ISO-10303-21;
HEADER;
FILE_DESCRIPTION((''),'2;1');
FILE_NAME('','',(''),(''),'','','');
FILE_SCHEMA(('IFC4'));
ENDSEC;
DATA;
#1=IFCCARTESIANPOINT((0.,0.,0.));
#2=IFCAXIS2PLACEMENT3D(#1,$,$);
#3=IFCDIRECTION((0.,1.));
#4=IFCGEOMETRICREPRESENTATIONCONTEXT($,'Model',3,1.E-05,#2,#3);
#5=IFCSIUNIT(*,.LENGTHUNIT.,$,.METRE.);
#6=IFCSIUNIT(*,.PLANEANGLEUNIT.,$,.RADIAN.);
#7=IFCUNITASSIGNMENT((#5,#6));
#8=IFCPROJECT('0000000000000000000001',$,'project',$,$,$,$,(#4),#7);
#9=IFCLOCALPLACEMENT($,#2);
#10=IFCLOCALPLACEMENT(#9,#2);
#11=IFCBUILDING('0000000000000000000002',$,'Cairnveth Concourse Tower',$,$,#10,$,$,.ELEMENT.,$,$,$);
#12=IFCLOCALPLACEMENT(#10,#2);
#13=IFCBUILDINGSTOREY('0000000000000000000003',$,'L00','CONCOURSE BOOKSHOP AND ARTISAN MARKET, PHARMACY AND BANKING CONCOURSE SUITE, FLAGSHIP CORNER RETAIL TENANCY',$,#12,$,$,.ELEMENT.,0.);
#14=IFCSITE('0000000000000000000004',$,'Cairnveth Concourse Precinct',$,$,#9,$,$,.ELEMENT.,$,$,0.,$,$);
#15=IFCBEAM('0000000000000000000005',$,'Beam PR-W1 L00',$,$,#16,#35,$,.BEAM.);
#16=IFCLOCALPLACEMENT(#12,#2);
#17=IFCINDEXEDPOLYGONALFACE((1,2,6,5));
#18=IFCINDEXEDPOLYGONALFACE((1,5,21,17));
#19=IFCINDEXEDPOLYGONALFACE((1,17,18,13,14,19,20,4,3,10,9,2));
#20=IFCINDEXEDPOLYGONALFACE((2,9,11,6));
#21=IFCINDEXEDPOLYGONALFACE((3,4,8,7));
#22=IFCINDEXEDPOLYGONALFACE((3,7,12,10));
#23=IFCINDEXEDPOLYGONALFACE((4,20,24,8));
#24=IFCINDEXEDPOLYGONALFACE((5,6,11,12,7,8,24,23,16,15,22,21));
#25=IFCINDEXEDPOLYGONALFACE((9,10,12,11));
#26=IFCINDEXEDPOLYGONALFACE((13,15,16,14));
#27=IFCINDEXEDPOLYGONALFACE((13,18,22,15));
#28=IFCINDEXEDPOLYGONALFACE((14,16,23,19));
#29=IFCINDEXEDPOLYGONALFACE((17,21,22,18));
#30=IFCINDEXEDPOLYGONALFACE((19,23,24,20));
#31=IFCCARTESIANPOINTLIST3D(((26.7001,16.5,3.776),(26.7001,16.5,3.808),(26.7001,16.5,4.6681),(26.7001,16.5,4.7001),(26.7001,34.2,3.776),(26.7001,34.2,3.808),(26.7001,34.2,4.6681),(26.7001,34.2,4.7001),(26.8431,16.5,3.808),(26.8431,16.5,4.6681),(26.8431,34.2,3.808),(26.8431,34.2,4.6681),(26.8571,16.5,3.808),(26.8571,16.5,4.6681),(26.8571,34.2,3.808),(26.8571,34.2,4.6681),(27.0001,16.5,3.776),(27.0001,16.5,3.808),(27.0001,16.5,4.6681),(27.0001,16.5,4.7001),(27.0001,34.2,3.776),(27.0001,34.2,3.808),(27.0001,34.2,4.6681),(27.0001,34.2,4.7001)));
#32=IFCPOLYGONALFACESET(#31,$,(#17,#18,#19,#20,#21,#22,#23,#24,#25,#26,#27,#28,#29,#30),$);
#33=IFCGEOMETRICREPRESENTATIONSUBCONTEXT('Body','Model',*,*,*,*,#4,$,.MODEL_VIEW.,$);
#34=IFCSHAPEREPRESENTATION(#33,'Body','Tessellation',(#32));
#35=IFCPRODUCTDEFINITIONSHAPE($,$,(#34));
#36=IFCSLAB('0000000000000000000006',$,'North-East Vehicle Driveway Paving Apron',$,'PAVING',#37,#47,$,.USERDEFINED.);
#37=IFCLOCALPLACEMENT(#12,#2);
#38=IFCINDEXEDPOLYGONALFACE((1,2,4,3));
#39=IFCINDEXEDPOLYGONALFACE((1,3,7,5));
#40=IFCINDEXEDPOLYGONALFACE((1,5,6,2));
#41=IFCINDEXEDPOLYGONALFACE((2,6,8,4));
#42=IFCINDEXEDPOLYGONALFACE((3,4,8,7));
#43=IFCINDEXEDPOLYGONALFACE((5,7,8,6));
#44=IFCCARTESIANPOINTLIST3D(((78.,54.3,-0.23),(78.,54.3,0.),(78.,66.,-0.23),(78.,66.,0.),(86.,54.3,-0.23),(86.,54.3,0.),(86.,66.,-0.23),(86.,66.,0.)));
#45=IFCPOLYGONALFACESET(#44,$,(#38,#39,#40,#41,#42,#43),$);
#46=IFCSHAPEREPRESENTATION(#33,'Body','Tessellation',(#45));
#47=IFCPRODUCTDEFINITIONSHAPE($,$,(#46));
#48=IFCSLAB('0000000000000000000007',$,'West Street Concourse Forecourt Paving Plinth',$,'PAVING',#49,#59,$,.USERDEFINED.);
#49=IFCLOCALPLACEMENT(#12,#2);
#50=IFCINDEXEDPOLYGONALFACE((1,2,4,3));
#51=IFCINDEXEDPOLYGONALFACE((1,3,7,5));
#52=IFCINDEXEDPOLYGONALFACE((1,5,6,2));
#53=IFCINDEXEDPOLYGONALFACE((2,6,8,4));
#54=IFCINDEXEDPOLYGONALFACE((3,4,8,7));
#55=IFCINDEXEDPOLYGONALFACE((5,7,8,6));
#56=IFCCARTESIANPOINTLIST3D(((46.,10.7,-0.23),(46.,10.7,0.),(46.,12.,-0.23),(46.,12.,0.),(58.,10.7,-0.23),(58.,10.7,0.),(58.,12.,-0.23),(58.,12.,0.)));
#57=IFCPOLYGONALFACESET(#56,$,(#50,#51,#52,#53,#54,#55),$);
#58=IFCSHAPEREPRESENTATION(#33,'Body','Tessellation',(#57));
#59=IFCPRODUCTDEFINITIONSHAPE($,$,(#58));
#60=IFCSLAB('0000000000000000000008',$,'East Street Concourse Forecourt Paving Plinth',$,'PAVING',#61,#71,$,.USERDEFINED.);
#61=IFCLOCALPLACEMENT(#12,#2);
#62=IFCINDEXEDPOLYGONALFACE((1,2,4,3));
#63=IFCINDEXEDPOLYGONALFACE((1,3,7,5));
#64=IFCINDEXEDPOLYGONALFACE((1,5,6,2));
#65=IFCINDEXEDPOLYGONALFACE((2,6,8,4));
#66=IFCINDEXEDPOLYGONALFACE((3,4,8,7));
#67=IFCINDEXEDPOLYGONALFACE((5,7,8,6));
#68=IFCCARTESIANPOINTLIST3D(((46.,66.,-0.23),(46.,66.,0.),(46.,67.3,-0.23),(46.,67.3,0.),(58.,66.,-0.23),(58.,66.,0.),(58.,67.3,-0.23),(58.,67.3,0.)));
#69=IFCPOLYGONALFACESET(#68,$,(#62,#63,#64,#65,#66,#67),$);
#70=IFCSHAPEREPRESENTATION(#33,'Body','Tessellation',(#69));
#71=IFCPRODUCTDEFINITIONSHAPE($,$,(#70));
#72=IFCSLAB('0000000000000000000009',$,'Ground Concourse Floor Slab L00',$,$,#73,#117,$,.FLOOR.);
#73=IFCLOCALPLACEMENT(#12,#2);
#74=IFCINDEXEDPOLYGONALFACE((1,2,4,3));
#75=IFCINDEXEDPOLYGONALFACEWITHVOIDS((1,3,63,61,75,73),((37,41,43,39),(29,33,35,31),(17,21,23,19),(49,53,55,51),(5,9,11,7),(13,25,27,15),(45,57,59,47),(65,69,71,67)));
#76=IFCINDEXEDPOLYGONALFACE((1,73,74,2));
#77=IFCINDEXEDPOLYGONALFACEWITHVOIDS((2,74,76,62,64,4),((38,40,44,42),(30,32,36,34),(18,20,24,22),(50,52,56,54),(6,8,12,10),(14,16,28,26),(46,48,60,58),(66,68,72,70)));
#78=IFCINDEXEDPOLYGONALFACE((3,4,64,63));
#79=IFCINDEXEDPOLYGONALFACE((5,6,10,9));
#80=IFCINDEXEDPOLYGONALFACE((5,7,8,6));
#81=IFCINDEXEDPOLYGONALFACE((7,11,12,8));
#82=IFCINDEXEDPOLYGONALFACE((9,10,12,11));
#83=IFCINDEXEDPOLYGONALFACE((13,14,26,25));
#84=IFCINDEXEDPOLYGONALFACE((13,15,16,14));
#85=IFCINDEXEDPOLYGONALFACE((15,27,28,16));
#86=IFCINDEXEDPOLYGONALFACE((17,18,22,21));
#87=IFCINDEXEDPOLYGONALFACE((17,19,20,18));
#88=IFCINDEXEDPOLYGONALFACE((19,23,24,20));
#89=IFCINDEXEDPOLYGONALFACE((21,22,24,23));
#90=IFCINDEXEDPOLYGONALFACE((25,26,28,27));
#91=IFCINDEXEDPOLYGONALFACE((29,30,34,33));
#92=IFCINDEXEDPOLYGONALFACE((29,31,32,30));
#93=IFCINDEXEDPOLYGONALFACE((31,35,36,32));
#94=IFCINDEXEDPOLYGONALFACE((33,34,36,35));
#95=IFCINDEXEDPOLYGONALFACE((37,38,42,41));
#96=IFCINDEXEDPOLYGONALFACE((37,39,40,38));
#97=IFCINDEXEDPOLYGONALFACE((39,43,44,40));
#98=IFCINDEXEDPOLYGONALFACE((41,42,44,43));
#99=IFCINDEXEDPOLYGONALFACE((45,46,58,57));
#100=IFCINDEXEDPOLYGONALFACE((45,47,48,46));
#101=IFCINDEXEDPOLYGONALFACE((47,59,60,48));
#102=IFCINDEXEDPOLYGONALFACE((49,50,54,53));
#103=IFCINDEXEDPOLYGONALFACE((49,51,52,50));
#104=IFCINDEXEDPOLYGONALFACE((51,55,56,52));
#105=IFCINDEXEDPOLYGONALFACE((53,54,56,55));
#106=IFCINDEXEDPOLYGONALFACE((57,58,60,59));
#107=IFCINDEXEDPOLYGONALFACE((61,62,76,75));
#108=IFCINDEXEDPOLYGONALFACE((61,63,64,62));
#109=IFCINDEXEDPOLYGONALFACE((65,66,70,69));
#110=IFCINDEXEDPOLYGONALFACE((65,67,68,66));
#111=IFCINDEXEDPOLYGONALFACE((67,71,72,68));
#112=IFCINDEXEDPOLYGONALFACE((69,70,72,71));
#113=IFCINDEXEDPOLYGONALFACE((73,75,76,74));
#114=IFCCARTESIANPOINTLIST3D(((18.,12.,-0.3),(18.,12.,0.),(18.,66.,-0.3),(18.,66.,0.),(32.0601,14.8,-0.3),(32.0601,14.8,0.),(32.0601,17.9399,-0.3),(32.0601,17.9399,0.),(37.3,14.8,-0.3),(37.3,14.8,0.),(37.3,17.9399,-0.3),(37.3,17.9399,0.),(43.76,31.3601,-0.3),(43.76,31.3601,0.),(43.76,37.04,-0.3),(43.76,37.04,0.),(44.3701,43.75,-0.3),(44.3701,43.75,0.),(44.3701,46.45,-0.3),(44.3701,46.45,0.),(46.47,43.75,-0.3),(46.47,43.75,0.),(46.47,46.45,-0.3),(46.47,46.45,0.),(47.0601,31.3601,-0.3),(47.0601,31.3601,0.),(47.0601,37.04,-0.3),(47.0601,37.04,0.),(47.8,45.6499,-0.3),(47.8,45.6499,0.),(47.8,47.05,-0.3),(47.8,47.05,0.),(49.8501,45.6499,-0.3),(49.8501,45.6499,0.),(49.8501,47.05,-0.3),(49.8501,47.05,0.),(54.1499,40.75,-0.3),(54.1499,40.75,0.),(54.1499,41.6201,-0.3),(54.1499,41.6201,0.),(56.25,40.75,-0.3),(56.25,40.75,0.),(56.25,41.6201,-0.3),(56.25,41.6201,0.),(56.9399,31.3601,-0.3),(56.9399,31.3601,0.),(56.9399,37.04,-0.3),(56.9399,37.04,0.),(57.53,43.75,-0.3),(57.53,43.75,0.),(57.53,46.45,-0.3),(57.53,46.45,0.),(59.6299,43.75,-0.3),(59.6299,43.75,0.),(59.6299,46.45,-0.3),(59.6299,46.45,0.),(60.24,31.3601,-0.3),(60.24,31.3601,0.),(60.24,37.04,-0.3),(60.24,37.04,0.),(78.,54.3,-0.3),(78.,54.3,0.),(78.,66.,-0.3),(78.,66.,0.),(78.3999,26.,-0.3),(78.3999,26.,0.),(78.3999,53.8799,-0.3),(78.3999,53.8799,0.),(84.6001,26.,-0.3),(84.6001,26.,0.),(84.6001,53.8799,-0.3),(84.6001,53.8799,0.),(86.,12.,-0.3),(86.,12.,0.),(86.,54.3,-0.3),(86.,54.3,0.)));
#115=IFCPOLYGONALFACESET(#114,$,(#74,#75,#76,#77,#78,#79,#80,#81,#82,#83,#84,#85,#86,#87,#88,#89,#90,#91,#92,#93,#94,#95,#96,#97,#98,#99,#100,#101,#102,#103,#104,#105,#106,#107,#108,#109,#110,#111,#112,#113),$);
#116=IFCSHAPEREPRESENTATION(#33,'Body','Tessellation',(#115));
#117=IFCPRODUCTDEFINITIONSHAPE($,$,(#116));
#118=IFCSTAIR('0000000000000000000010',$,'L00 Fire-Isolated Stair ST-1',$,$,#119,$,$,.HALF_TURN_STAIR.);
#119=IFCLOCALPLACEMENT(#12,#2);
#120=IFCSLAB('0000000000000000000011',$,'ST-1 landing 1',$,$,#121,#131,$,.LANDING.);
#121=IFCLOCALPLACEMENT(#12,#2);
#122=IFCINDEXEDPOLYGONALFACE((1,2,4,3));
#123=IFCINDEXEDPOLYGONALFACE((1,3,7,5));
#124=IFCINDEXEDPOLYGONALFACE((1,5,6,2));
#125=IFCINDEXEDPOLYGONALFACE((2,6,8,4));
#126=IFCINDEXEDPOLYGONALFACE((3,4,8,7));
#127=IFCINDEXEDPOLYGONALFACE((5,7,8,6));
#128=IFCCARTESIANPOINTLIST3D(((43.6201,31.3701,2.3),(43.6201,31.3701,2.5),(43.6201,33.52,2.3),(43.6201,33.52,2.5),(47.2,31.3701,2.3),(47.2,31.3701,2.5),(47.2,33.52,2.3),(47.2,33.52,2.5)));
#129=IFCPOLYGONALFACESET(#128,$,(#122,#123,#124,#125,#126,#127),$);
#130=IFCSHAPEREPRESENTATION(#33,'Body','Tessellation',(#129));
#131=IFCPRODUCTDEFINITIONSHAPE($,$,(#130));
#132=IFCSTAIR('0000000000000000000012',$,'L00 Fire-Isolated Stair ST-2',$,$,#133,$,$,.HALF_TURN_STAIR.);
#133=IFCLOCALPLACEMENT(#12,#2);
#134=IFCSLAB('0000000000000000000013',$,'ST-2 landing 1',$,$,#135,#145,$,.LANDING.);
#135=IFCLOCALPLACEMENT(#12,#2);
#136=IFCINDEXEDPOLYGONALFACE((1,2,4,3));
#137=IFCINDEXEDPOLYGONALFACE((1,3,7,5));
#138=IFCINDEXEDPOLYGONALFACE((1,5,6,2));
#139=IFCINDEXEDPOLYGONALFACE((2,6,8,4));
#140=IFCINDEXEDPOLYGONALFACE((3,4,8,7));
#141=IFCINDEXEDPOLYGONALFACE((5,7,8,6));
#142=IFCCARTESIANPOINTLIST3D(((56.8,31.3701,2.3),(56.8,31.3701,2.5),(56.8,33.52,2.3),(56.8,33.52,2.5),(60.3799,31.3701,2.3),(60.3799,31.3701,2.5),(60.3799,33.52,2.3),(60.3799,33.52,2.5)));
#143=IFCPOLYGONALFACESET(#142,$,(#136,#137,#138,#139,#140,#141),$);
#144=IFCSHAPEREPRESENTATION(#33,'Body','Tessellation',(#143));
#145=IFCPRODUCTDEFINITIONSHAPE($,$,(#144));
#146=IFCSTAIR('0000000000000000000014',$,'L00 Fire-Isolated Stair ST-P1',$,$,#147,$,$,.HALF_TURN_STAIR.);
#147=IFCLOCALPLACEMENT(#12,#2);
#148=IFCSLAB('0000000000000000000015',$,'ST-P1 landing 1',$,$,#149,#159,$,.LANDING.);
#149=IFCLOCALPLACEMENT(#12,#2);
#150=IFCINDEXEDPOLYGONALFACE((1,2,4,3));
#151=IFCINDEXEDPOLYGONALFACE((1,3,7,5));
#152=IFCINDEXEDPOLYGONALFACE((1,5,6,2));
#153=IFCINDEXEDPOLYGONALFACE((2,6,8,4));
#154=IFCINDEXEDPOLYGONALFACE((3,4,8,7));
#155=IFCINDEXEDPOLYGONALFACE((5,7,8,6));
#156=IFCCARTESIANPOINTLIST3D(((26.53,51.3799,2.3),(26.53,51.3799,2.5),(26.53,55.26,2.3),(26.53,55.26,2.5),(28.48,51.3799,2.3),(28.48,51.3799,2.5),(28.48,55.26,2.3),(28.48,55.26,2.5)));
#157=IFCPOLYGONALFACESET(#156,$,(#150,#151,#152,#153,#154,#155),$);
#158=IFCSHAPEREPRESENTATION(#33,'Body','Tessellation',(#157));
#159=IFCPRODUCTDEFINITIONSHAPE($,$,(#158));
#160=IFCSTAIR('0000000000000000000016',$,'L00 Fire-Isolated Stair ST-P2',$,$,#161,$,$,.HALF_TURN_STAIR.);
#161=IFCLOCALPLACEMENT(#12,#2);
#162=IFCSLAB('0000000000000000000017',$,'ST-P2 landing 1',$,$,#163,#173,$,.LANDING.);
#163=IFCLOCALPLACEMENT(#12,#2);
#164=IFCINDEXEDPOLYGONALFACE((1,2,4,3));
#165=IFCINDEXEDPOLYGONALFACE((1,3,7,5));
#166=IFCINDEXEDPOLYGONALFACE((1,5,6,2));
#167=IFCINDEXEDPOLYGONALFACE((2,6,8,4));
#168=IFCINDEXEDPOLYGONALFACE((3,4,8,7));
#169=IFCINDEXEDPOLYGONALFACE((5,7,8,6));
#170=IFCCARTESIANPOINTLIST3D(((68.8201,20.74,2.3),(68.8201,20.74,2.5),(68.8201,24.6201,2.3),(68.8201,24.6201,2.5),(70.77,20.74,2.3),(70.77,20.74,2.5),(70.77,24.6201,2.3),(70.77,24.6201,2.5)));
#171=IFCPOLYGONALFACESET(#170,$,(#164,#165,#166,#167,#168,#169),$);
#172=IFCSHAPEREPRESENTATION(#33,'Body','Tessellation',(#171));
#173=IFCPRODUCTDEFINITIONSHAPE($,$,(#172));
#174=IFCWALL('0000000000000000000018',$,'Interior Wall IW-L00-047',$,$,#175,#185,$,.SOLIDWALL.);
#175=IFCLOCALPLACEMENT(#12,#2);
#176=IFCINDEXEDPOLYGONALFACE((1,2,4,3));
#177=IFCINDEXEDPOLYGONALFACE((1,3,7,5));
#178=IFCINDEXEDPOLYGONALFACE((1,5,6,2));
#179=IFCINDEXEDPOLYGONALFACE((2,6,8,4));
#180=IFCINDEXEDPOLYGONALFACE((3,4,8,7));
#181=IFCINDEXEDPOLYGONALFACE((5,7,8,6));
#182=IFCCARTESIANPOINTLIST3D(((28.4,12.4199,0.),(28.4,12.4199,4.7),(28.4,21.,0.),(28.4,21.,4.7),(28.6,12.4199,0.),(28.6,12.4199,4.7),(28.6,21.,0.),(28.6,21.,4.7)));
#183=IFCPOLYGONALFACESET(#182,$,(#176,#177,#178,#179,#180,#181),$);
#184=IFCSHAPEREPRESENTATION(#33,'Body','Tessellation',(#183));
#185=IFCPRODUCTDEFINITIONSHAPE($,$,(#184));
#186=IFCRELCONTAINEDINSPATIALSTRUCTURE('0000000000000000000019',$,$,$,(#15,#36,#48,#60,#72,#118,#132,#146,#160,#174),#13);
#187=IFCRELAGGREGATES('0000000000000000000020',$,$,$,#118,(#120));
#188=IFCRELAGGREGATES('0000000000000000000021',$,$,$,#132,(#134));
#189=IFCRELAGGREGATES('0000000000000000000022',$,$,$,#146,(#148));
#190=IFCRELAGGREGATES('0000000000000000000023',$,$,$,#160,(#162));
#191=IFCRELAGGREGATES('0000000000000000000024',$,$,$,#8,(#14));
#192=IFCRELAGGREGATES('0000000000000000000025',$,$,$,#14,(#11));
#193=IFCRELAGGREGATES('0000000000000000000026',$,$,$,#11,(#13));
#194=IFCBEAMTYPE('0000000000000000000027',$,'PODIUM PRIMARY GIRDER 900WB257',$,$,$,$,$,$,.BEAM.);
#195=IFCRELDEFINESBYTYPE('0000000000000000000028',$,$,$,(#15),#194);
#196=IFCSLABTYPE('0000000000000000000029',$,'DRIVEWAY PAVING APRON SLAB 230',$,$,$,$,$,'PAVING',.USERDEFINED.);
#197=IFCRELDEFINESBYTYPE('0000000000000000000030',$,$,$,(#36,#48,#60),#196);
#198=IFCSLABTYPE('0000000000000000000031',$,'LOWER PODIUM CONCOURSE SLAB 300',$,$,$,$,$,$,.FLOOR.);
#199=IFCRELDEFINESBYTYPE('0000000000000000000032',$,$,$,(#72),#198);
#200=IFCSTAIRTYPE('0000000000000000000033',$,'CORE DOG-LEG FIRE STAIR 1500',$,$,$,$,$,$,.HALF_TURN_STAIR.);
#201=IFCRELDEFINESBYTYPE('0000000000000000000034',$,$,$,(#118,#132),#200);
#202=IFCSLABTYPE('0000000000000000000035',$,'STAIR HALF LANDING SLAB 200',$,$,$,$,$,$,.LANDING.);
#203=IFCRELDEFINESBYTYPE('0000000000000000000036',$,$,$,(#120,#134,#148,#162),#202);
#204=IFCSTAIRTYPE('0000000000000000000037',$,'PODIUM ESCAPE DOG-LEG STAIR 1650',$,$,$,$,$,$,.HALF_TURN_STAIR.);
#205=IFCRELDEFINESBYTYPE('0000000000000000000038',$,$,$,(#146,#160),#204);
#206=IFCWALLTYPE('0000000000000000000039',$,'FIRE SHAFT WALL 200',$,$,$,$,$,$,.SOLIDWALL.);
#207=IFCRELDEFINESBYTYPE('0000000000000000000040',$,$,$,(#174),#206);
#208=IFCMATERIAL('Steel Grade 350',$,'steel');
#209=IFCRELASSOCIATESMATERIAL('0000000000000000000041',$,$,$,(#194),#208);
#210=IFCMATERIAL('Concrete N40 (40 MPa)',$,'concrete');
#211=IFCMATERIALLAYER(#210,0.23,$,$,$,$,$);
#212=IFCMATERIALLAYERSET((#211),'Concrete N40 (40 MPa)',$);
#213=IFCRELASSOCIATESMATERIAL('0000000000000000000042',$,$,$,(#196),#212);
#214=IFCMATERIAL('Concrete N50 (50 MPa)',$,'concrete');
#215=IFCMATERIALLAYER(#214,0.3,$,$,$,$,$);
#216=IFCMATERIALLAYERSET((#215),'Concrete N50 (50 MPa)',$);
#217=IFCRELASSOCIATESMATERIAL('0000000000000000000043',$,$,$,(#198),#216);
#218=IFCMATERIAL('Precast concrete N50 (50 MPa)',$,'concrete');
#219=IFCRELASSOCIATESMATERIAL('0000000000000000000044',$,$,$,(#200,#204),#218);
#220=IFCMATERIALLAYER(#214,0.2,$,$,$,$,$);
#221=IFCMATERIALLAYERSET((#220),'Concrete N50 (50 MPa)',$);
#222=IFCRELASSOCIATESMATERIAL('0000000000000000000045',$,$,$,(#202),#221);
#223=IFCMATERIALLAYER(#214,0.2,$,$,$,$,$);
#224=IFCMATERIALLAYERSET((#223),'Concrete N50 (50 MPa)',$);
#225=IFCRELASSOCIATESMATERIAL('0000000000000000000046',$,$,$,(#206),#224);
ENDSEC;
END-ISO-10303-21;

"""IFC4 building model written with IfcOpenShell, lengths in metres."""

from ifc_helpers import new_model, si_unit, direction, frame, frame_2d, origin, origin_2d, place, context, subcontext, project, spatial, polyline, rectangle, i_section, outline, extrude, material, layer, layer_set, material_profile, profile_set, type_object, element, aggregate, save


model = new_model("IFC4")

# Units and contexts
model_context = context("Model", 3, precision=1e-05, world=origin(), true_north=direction((0.0, 1.0)))
body_context = subcontext(model_context, "Body", "Model", "MODEL_VIEW")
ifc_project = project(units=[si_unit("LENGTHUNIT", "METRE"), si_unit("PLANEANGLEUNIT", "RADIAN")], contexts=[model_context])

# Site, building, storey
site_placement = place(None, origin())
site = spatial("IfcSite", under=ifc_project, at=site_placement, Name="Cairnveth Concourse Precinct", CompositionType="ELEMENT", RefElevation=0.0)
building_placement = place(site_placement, origin())
building = spatial("IfcBuilding", under=site, at=building_placement, Name="Cairnveth Concourse Tower", CompositionType="ELEMENT")
storey_placement = place(building_placement, origin())
storey = spatial("IfcBuildingStorey", under=building, at=storey_placement, Name="L00", Description="CONCOURSE BOOKSHOP AND ARTISAN MARKET, PHARMACY AND BANKING CONCOURSE SUITE, FLAGSHIP CORNER RETAIL TENANCY", CompositionType="ELEMENT", Elevation=0.0)

# Beam
ifc_material_1 = material(Name="Steel Grade 350", Category="steel")
ifc_material_profile_1 = material_profile(ifc_material_1, i_section(OverallWidth=0.3, OverallDepth=0.9241, WebThickness=0.0139, FlangeThickness=0.032, at=origin_2d()), Name="900WB257")
ifc_profile_set_1 = profile_set([ifc_material_profile_1], Name="Steel Grade 350")
beam_type_1 = type_object("IfcBeamType", Name="PODIUM PRIMARY GIRDER 900WB257", PredefinedType="BEAM", material=ifc_profile_set_1)
for number, where, z_axis, x_axis, name in (
    (1, (26.8501, 16.5, 4.238), (0.0, 1.0, 0.0), (-1.0, 0.0, 0.0), "Beam PR-W1 L00"),
):
    element("IfcBeam", number, at=place(storey_placement, frame(where, z_axis=z_axis, x_axis=x_axis)), inside=storey, type_object=beam_type_1, Name=name, PredefinedType="BEAM", context=body_context, shape_type="SweptSolid", body=[
        extrude(i_section(OverallWidth=0.3, OverallDepth=0.9241, WebThickness=0.0139, FlangeThickness=0.032, at=origin_2d()), origin(), (0.0, 0.0, 1.0), 17.7),
    ])

# Slabs
ifc_material_2 = material(Name="Concrete N40 (40 MPa)", Category="concrete")
ifc_layer_1 = layer(ifc_material_2, 0.23)
ifc_layer_set_1 = layer_set([ifc_layer_1], Name="Concrete N40 (40 MPa)")
slab_type_1 = type_object("IfcSlabType", Name="DRIVEWAY PAVING APRON SLAB 230", ElementType="PAVING", PredefinedType="USERDEFINED", material=ifc_layer_set_1)
slab_1_placement = place(storey_placement, frame((0.0, 0.0, -0.23)))
element("IfcSlab", 2, at=slab_1_placement, inside=storey, type_object=slab_type_1, Name="North-East Vehicle Driveway Paving Apron", ObjectType="PAVING", PredefinedType="USERDEFINED", context=body_context, shape_type="SweptSolid", body=[
    extrude(outline(polyline([(78.0, 54.3), (86.0, 54.3), (86.0, 66.0), (78.0, 66.0), (78.0, 54.3)])), origin(), (0.0, 0.0, 1.0), 0.23),
])
slab_2_placement = place(storey_placement, frame((0.0, 0.0, -0.23)))
element("IfcSlab", 3, at=slab_2_placement, inside=storey, type_object=slab_type_1, Name="West Street Concourse Forecourt Paving Plinth", ObjectType="PAVING", PredefinedType="USERDEFINED", context=body_context, shape_type="SweptSolid", body=[
    extrude(outline(polyline([(46.0, 10.7), (58.0, 10.7), (58.0, 12.0), (46.0, 12.0), (46.0, 10.7)])), origin(), (0.0, 0.0, 1.0), 0.23),
])
slab_3_placement = place(storey_placement, frame((0.0, 0.0, -0.23)))
element("IfcSlab", 4, at=slab_3_placement, inside=storey, type_object=slab_type_1, Name="East Street Concourse Forecourt Paving Plinth", ObjectType="PAVING", PredefinedType="USERDEFINED", context=body_context, shape_type="SweptSolid", body=[
    extrude(outline(polyline([(46.0, 66.0), (58.0, 66.0), (58.0, 67.3), (46.0, 67.3), (46.0, 66.0)])), origin(), (0.0, 0.0, 1.0), 0.23),
])
ifc_material_3 = material(Name="Concrete N50 (50 MPa)", Category="concrete")
ifc_layer_2 = layer(ifc_material_3, 0.3)
ifc_layer_set_2 = layer_set([ifc_layer_2], Name="Concrete N50 (50 MPa)")
slab_type_2 = type_object("IfcSlabType", Name="LOWER PODIUM CONCOURSE SLAB 300", PredefinedType="FLOOR", material=ifc_layer_set_2)
slab_4_placement = place(storey_placement, frame((0.0, 0.0, -0.3)))
element("IfcSlab", 5, at=slab_4_placement, inside=storey, type_object=slab_type_2, Name="Ground Concourse Floor Slab L00", PredefinedType="FLOOR", context=body_context, shape_type="SweptSolid", body=[
    extrude(outline(polyline([(18.0, 12.0), (86.0, 12.0), (86.0, 54.3), (78.0, 54.3), (78.0, 66.0), (18.0, 66.0), (18.0, 12.0)]), holes=[polyline([(43.76, 31.3601), (47.0601, 31.3601), (47.0601, 37.04), (43.76, 37.04), (43.76, 31.3601)]), polyline([(56.9399, 31.3601), (60.24, 31.3601), (60.24, 37.04), (56.9399, 37.04), (56.9399, 31.3601)]), polyline([(32.0601, 14.8), (37.3, 14.8), (37.3, 17.9399), (32.0601, 17.9399), (32.0601, 14.8)]), polyline([(44.3701, 43.75), (46.47, 43.75), (46.47, 46.45), (44.3701, 46.45), (44.3701, 43.75)]), polyline([(57.53, 43.75), (59.6299, 43.75), (59.6299, 46.45), (57.53, 46.45), (57.53, 43.75)]), polyline([(47.8, 45.6499), (49.8501, 45.6499), (49.8501, 47.05), (47.8, 47.05), (47.8, 45.6499)]), polyline([(54.1499, 40.75), (56.25, 40.75), (56.25, 41.6201), (54.1499, 41.6201), (54.1499, 40.75)]), polyline([(78.3999, 26.0), (84.6001, 26.0), (84.6001, 53.8799), (78.3999, 53.8799), (78.3999, 26.0)])]), origin(), (0.0, 0.0, 1.0), 0.3),
])

# Stairs, slabs
ifc_material_4 = material(Name="Precast concrete N50 (50 MPa)", Category="concrete")
stair_type_1 = type_object("IfcStairType", Name="CORE DOG-LEG FIRE STAIR 1500", PredefinedType="HALF_TURN_STAIR", material=ifc_material_4)
stair_1_placement = place(storey_placement, origin())
stair_1 = element("IfcStair", 6, at=stair_1_placement, inside=storey, type_object=stair_type_1, Name="L00 Fire-Isolated Stair ST-1", PredefinedType="HALF_TURN_STAIR")
ifc_layer_3 = layer(ifc_material_3, 0.2)
ifc_layer_set_3 = layer_set([ifc_layer_3], Name="Concrete N50 (50 MPa)")
slab_type_3 = type_object("IfcSlabType", Name="STAIR HALF LANDING SLAB 200", PredefinedType="LANDING", material=ifc_layer_set_3)
slab_5_placement = place(storey_placement, frame((0.0, 0.0, 2.3)))
slab_5 = element("IfcSlab", 7, at=slab_5_placement, type_object=slab_type_3, Name="ST-1 landing 1", PredefinedType="LANDING", context=body_context, shape_type="SweptSolid", body=[
    extrude(outline(polyline([(43.6201, 33.52), (43.6201, 31.3701), (47.2, 31.3701), (47.2, 33.52), (43.6201, 33.52)])), origin(), (0.0, 0.0, 1.0), 0.2),
])
aggregate(stair_1, [slab_5])
stair_2_placement = place(storey_placement, origin())
stair_2 = element("IfcStair", 8, at=stair_2_placement, inside=storey, type_object=stair_type_1, Name="L00 Fire-Isolated Stair ST-2", PredefinedType="HALF_TURN_STAIR")
slab_6_placement = place(storey_placement, frame((0.0, 0.0, 2.3)))
slab_6 = element("IfcSlab", 9, at=slab_6_placement, type_object=slab_type_3, Name="ST-2 landing 1", PredefinedType="LANDING", context=body_context, shape_type="SweptSolid", body=[
    extrude(outline(polyline([(56.8, 33.52), (56.8, 31.3701), (60.3799, 31.3701), (60.3799, 33.52), (56.8, 33.52)])), origin(), (0.0, 0.0, 1.0), 0.2),
])
aggregate(stair_2, [slab_6])
stair_type_2 = type_object("IfcStairType", Name="PODIUM ESCAPE DOG-LEG STAIR 1650", PredefinedType="HALF_TURN_STAIR", material=ifc_material_4)
stair_3_placement = place(storey_placement, origin())
stair_3 = element("IfcStair", 10, at=stair_3_placement, inside=storey, type_object=stair_type_2, Name="L00 Fire-Isolated Stair ST-P1", PredefinedType="HALF_TURN_STAIR")
slab_7_placement = place(storey_placement, frame((0.0, 0.0, 2.3)))
slab_7 = element("IfcSlab", 11, at=slab_7_placement, type_object=slab_type_3, Name="ST-P1 landing 1", PredefinedType="LANDING", context=body_context, shape_type="SweptSolid", body=[
    extrude(outline(polyline([(26.53, 51.3799), (28.48, 51.3799), (28.48, 55.26), (26.53, 55.26), (26.53, 51.3799)])), origin(), (0.0, 0.0, 1.0), 0.2),
])
aggregate(stair_3, [slab_7])
stair_4_placement = place(storey_placement, origin())
stair_4 = element("IfcStair", 12, at=stair_4_placement, inside=storey, type_object=stair_type_2, Name="L00 Fire-Isolated Stair ST-P2", PredefinedType="HALF_TURN_STAIR")
slab_8_placement = place(storey_placement, frame((0.0, 0.0, 2.3)))
slab_8 = element("IfcSlab", 13, at=slab_8_placement, type_object=slab_type_3, Name="ST-P2 landing 1", PredefinedType="LANDING", context=body_context, shape_type="SweptSolid", body=[
    extrude(outline(polyline([(70.77, 24.6201), (68.8201, 24.6201), (68.8201, 20.74), (70.77, 20.74), (70.77, 24.6201)])), origin(), (0.0, 0.0, 1.0), 0.2),
])
aggregate(stair_4, [slab_8])

# Wall
ifc_layer_4 = layer(ifc_material_3, 0.2)
ifc_layer_set_4 = layer_set([ifc_layer_4], Name="Concrete N50 (50 MPa)")
wall_type_1 = type_object("IfcWallType", Name="FIRE SHAFT WALL 200", PredefinedType="SOLIDWALL", material=ifc_layer_set_4)
wall_1_placement = place(storey_placement, frame((28.5, 12.4199, 0.0), z_axis=(0.0, 0.0, 1.0), x_axis=(0.0, 1.0, 0.0)))
element("IfcWall", 14, at=wall_1_placement, inside=storey, type_object=wall_type_1, Name="Interior Wall IW-L00-047", PredefinedType="SOLIDWALL", context=body_context, shape_type="SweptSolid", body=[
    extrude(rectangle(XDim=8.5801, YDim=0.2, at=frame_2d((4.29, 0.0))), origin(), (0.0, 0.0, 1.0), 4.7),
])

save(model, "model.ifc")
